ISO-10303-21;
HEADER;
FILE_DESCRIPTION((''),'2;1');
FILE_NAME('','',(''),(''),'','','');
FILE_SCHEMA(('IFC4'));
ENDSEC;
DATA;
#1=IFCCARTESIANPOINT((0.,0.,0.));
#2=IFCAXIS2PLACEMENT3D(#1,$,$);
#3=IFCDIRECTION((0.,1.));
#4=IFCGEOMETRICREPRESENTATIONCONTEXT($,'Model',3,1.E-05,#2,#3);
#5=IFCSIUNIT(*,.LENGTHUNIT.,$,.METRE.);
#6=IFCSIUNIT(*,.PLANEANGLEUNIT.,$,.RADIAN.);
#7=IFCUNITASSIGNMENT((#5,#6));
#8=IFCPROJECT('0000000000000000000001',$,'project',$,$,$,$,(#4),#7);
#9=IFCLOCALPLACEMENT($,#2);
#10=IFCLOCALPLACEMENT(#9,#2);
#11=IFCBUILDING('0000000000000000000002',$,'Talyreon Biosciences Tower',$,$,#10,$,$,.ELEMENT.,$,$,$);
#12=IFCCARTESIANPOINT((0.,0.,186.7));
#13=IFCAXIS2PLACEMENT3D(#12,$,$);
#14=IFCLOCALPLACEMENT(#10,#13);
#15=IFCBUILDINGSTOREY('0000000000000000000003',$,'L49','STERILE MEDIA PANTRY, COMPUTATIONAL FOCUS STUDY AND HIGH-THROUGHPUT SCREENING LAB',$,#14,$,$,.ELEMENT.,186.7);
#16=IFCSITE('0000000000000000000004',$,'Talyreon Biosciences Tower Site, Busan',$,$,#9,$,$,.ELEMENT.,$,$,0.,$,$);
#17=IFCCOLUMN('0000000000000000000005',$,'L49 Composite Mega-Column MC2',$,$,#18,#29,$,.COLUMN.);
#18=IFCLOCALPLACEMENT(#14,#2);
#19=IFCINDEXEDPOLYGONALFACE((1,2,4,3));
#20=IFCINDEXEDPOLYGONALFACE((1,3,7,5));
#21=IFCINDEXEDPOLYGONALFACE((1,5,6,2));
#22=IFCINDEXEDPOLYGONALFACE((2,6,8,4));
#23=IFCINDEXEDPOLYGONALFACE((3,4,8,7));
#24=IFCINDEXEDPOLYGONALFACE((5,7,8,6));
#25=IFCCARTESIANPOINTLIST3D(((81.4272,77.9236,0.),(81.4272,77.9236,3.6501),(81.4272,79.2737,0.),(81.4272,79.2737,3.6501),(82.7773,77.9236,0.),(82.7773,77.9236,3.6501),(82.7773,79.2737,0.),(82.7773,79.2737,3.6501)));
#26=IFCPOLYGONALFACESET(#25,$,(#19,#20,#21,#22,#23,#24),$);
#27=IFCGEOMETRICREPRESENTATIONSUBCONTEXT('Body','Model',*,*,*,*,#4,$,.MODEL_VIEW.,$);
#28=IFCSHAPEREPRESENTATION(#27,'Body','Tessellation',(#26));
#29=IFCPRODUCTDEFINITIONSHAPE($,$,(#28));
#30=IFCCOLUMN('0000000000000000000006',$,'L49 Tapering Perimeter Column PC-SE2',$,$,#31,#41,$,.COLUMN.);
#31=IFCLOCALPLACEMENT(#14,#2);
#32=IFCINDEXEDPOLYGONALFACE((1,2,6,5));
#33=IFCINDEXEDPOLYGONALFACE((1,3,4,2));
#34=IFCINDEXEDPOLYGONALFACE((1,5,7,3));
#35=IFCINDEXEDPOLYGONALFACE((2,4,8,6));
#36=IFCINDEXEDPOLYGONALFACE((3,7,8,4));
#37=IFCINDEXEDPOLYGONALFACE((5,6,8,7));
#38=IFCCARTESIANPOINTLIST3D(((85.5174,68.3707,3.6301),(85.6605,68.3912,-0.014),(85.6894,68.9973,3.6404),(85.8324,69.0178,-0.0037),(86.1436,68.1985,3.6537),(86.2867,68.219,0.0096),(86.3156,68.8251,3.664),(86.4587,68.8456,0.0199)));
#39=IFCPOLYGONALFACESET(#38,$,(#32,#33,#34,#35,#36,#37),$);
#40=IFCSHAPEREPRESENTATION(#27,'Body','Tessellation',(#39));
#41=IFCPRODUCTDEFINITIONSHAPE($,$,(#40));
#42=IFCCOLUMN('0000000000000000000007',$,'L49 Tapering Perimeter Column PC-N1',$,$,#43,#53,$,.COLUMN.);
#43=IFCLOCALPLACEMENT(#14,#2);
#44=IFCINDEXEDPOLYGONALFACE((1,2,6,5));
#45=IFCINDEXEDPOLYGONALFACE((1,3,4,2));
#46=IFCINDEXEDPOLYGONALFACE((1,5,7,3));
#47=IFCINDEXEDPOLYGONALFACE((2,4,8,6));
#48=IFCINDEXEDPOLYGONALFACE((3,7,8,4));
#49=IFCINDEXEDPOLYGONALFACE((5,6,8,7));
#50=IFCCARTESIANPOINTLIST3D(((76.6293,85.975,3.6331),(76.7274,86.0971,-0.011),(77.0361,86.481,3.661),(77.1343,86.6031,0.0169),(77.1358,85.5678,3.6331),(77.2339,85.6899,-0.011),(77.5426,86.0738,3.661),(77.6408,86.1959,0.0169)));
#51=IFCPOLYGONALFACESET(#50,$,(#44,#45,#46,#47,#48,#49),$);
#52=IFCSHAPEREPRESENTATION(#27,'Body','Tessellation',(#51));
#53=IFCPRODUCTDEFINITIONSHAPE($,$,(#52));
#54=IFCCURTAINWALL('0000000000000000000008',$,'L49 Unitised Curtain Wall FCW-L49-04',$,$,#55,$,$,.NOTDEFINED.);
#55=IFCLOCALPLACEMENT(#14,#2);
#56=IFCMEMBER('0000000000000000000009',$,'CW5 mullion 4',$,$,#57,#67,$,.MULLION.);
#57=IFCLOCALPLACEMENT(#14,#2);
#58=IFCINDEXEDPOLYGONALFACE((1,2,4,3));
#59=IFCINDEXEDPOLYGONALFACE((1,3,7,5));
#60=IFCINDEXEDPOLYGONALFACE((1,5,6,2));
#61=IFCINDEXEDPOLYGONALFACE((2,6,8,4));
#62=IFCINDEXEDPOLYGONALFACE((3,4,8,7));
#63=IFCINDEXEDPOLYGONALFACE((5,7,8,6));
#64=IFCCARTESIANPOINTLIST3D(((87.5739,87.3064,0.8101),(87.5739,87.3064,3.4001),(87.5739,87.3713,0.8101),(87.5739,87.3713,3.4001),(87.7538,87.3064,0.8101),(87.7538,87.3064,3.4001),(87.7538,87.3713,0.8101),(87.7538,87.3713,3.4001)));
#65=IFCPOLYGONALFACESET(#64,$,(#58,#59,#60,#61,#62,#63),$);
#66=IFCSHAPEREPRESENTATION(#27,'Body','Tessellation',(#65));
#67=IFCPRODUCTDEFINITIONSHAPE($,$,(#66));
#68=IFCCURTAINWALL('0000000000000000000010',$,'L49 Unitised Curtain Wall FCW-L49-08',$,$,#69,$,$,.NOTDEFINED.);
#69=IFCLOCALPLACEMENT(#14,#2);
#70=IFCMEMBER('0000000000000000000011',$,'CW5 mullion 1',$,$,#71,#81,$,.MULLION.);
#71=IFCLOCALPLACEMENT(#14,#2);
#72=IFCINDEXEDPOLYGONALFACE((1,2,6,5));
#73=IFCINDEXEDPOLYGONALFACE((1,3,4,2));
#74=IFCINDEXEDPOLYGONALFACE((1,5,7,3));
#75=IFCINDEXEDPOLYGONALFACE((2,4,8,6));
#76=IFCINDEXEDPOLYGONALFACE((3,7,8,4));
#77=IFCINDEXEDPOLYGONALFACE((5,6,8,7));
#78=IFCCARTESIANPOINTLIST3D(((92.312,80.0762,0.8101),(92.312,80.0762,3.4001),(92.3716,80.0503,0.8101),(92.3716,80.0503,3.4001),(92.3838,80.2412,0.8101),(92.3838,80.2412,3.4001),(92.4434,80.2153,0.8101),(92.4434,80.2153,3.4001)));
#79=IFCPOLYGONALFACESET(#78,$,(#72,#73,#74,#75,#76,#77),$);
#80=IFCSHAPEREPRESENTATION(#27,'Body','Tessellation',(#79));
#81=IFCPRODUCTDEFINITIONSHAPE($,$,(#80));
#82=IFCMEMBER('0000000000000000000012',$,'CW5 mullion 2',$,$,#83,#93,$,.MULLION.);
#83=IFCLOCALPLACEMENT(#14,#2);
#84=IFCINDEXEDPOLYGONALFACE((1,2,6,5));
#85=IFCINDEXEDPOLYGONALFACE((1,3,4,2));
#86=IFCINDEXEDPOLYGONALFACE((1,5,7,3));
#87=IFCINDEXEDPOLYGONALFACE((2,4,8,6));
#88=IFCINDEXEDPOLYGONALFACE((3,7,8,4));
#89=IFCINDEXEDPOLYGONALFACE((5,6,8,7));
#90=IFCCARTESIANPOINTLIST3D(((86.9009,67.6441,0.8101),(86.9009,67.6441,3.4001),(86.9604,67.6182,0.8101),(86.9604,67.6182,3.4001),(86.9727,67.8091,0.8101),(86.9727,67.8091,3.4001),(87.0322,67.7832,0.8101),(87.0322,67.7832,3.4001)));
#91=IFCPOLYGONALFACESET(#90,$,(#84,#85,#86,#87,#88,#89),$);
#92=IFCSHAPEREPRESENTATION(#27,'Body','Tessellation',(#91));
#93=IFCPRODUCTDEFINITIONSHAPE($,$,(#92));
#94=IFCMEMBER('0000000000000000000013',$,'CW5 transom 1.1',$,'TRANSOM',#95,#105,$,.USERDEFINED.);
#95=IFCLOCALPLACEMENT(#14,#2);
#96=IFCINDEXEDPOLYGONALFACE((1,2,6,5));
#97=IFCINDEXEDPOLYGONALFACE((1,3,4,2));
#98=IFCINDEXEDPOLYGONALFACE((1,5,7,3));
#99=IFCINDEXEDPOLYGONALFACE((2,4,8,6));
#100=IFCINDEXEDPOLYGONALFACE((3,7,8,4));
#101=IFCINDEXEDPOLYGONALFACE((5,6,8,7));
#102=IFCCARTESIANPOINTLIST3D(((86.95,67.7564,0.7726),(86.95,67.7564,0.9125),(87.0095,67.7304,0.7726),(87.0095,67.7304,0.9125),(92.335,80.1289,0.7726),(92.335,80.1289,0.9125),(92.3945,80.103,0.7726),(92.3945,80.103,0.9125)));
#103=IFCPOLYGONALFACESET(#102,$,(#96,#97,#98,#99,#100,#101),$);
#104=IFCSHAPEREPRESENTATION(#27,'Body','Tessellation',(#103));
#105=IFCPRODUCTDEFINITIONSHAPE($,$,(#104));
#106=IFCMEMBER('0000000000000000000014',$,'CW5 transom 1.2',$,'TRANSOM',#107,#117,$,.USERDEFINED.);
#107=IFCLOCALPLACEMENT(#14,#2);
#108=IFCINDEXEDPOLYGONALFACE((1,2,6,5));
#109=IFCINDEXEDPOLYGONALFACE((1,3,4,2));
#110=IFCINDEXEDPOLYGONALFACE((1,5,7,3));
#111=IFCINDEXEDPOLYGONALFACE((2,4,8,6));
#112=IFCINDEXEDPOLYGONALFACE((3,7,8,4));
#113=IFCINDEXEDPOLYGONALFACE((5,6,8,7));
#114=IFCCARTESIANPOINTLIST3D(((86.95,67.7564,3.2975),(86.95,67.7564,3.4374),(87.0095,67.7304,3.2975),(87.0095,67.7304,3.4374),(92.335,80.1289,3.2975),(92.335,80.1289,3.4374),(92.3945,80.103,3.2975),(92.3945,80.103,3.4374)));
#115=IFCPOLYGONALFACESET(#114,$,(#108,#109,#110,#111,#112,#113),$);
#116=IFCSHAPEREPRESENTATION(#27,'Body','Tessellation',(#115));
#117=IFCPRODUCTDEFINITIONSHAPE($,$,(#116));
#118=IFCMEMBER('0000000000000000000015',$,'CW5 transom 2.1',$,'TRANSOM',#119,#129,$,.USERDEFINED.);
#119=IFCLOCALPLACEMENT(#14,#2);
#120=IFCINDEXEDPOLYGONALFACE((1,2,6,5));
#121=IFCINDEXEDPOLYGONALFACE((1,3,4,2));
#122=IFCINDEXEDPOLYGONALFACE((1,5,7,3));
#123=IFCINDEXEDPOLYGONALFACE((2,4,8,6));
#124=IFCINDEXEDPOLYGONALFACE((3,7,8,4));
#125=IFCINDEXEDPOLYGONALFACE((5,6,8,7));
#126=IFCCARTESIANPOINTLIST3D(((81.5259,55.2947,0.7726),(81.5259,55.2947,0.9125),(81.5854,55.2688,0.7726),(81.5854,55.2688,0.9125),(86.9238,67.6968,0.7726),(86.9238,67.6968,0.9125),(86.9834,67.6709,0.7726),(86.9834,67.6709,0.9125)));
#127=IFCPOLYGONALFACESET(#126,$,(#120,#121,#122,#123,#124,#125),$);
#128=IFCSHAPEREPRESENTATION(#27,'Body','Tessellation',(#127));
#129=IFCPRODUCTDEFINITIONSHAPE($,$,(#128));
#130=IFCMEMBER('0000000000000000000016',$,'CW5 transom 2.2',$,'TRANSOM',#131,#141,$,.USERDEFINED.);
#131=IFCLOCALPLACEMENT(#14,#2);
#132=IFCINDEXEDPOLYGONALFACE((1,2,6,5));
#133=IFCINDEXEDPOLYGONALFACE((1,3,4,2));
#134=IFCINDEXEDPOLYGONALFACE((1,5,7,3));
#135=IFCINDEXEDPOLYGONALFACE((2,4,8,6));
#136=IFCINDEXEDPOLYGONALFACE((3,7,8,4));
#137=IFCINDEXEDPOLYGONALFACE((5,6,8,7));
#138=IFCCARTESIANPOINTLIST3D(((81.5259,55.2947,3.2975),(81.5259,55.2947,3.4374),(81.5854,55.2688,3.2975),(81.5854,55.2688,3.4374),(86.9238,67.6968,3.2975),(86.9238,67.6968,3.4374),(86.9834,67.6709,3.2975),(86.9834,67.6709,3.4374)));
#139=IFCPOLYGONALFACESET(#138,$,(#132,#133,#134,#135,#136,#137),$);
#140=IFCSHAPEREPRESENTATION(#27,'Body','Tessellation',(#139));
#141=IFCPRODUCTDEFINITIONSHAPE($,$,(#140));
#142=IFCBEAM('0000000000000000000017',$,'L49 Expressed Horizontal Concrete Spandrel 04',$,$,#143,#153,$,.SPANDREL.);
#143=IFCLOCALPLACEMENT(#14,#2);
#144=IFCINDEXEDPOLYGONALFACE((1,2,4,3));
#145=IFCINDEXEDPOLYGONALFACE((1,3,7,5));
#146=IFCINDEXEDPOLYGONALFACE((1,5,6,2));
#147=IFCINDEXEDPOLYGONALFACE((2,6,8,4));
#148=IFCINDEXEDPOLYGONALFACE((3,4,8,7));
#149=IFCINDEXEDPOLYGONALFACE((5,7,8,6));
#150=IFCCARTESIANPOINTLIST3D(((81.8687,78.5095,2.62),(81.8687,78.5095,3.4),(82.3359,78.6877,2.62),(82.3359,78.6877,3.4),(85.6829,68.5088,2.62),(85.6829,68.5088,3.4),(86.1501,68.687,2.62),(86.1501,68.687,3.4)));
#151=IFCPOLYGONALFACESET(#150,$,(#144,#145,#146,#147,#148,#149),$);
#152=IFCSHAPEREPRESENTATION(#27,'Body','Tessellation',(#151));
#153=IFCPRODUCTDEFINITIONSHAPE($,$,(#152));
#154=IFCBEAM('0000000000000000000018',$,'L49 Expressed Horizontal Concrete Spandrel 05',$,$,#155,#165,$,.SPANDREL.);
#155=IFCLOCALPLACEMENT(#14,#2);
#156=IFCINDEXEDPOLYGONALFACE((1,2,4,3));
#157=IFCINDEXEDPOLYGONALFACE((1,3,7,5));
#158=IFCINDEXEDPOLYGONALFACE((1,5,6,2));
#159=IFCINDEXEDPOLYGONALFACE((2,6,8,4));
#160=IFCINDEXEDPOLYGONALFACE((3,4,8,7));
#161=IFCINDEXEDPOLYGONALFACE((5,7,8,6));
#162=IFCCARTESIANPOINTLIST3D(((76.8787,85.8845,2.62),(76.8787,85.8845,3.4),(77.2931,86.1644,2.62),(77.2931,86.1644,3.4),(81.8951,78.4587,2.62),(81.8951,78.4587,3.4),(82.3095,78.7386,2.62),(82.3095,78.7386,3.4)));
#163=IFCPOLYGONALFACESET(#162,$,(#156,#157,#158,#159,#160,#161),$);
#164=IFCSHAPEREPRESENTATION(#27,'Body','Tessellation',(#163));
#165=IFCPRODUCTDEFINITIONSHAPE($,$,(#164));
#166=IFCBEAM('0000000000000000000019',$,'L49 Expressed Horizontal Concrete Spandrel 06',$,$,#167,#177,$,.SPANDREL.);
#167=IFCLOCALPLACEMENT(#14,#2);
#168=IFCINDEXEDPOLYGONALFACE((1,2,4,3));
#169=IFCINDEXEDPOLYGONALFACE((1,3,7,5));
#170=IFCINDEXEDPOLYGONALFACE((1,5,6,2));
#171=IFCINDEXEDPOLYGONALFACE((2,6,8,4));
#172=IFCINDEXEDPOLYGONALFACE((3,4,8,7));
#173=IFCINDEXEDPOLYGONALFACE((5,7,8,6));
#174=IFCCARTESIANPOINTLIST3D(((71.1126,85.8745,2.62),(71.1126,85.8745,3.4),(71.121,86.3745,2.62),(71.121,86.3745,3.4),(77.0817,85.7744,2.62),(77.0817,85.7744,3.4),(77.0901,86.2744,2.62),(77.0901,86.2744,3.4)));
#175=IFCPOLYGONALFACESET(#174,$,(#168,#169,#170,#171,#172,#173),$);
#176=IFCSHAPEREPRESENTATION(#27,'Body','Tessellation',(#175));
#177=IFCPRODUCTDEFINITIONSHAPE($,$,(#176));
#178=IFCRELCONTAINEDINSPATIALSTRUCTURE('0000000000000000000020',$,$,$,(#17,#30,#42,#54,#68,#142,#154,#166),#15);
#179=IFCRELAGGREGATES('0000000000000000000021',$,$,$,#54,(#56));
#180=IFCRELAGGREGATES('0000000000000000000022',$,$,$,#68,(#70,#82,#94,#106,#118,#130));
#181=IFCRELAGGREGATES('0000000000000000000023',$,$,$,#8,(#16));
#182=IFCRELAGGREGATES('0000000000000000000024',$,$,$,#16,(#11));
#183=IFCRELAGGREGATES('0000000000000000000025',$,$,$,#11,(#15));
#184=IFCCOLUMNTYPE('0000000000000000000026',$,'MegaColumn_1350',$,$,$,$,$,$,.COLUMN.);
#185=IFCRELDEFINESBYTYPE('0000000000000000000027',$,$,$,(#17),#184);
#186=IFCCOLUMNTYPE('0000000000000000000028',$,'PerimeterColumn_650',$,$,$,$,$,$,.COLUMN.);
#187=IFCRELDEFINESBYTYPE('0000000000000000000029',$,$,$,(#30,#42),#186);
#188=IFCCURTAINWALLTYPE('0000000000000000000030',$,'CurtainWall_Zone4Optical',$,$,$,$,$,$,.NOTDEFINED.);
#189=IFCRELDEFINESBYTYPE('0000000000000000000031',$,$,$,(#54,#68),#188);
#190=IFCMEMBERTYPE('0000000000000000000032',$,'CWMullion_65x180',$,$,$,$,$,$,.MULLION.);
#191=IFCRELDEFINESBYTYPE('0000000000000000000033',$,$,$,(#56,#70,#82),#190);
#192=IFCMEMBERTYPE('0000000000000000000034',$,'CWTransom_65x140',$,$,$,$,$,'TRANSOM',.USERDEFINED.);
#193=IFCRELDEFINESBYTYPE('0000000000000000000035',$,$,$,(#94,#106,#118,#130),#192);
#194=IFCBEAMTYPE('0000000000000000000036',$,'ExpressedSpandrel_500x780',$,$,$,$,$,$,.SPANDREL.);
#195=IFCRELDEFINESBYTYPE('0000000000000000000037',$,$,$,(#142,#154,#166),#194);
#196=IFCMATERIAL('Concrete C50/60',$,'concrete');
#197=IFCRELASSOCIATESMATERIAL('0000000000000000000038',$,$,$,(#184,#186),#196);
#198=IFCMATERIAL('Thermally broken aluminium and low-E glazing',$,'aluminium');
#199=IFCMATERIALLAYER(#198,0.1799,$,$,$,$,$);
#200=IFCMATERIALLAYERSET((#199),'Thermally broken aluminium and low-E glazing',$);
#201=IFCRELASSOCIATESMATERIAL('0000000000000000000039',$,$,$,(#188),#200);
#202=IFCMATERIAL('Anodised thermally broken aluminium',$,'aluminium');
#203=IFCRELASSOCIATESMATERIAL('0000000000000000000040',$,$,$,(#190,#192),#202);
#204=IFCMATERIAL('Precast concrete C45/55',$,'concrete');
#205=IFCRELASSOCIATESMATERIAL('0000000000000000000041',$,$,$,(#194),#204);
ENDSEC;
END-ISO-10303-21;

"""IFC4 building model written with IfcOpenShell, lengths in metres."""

from ifc_helpers import new_model, si_unit, direction, frame, origin, origin_2d, place, context, subcontext, project, spatial, rectangle, extrude, material, layer, layer_set, material_profile, profile_set, type_object, element, aggregate, save


model = new_model("IFC4")

# Units and contexts
model_context = context("Model", 3, precision=1e-05, world=origin(), true_north=direction((0.0, 1.0)))
body_context = subcontext(model_context, "Body", "Model", "MODEL_VIEW")
ifc_project = project(units=[si_unit("LENGTHUNIT", "METRE"), si_unit("PLANEANGLEUNIT", "RADIAN")], contexts=[model_context])

# Site, building, storey
site_placement = place(None, origin())
site = spatial("IfcSite", under=ifc_project, at=site_placement, Name="Talyreon Biosciences Tower Site, Busan", CompositionType="ELEMENT", RefElevation=0.0)
building_placement = place(site_placement, origin())
building = spatial("IfcBuilding", under=site, at=building_placement, Name="Talyreon Biosciences Tower", CompositionType="ELEMENT")
storey_placement = place(building_placement, frame((0.0, 0.0, 186.7)))
storey = spatial("IfcBuildingStorey", under=building, at=storey_placement, Name="L49", Description="STERILE MEDIA PANTRY, COMPUTATIONAL FOCUS STUDY AND HIGH-THROUGHPUT SCREENING LAB", CompositionType="ELEMENT", Elevation=186.7)

# Columns
ifc_material_1 = material(Name="Concrete C50/60", Category="concrete")
ifc_material_profile_1 = material_profile(ifc_material_1, rectangle(XDim=1.3501, YDim=1.3501, at=origin_2d()), Name="RC 1350x1350")
ifc_profile_set_1 = profile_set([ifc_material_profile_1], Name="Concrete C50/60")
column_type_1 = type_object("IfcColumnType", Name="MegaColumn_1350", PredefinedType="COLUMN", material=ifc_profile_set_1)
column_1_placement = place(storey_placement, frame((82.1023, 78.5986, 0.0), z_axis=(0.0, 0.0, 1.0), x_axis=(1.0, 0.0, 0.0)))
element("IfcColumn", 1, at=column_1_placement, inside=storey, type_object=column_type_1, Name="L49 Composite Mega-Column MC2", PredefinedType="COLUMN", context=body_context, shape_type="SweptSolid", body=[
    extrude(rectangle(XDim=1.3501, YDim=1.3501, at=origin_2d()), origin(), (0.0, 0.0, 1.0), 3.6501),
])
ifc_material_profile_2 = material_profile(ifc_material_1, rectangle(XDim=0.6499, YDim=0.6499, at=origin_2d()), Name="RC 650x650")
ifc_profile_set_2 = profile_set([ifc_material_profile_2], Name="Concrete C50/60")
column_type_2 = type_object("IfcColumnType", Name="PerimeterColumn_650", PredefinedType="COLUMN", material=ifc_profile_set_2)
column_2_placement = place(storey_placement, frame((86.0596, 68.6184, 0.0029), z_axis=(-0.03923, -0.005623, 0.999214), x_axis=(0.96357, -0.264977, 0.036339)))
element("IfcColumn", 2, at=column_2_placement, inside=storey, type_object=column_type_2, Name="L49 Tapering Perimeter Column PC-SE2", PredefinedType="COLUMN", context=body_context, shape_type="SweptSolid", body=[
    extrude(rectangle(XDim=0.6499, YDim=0.6499, at=origin_2d()), origin(), (0.0, 0.0, 1.0), 3.647),
])
column_3_placement = place(storey_placement, frame((77.1841, 86.1465, 0.0029), z_axis=(-0.026908, -0.033468, 0.999078), x_axis=(-0.779346, 0.626594, 0.0)))
element("IfcColumn", 3, at=column_3_placement, inside=storey, type_object=column_type_2, Name="L49 Tapering Perimeter Column PC-N1", PredefinedType="COLUMN", context=body_context, shape_type="SweptSolid", body=[
    extrude(rectangle(XDim=0.6499, YDim=0.6499, at=origin_2d()), origin(), (0.0, 0.0, 1.0), 3.6475),
])

# Curtain wall, member
ifc_material_2 = material(Name="Thermally broken aluminium and low-E glazing", Category="aluminium")
ifc_layer_1 = layer(ifc_material_2, 0.1799)
ifc_layer_set_1 = layer_set([ifc_layer_1], Name="Thermally broken aluminium and low-E glazing")
curtain_wall_type = type_object("IfcCurtainWallType", Name="CurtainWall_Zone4Optical", PredefinedType="NOTDEFINED", material=ifc_layer_set_1)
curtain_wall_1_placement = place(storey_placement, origin())
curtain_wall_1 = element("IfcCurtainWall", 4, at=curtain_wall_1_placement, inside=storey, type_object=curtain_wall_type, Name="L49 Unitised Curtain Wall FCW-L49-04", PredefinedType="NOTDEFINED")
ifc_material_3 = material(Name="Anodised thermally broken aluminium", Category="aluminium")
ifc_material_profile_3 = material_profile(ifc_material_3, rectangle(XDim=0.0649, YDim=0.1799, at=origin_2d()), Name="ALUM MULLION 65x180")
ifc_profile_set_3 = profile_set([ifc_material_profile_3], Name="Anodised thermally broken aluminium")
member_type_1 = type_object("IfcMemberType", Name="CWMullion_65x180", PredefinedType="MULLION", material=ifc_profile_set_3)
member_1_placement = place(storey_placement, frame((87.6638, 87.3389, 0.8101), z_axis=(0.0, 0.0, 1.0), x_axis=(0.0, 1.0, 0.0)))
member_1 = element("IfcMember", 5, at=member_1_placement, type_object=member_type_1, Name="CW5 mullion 4", PredefinedType="MULLION", context=body_context, shape_type="SweptSolid", body=[
    extrude(rectangle(XDim=0.0649, YDim=0.1799, at=origin_2d()), origin(), (0.0, 0.0, 1.0), 2.5901),
])

# Curtain wall, members
curtain_wall_2_placement = place(storey_placement, origin())
curtain_wall_2 = element("IfcCurtainWall", 6, at=curtain_wall_2_placement, inside=storey, type_object=curtain_wall_type, Name="L49 Unitised Curtain Wall FCW-L49-08", PredefinedType="NOTDEFINED")
member_2_placement = place(storey_placement, frame((92.3777, 80.1458, 0.8101), z_axis=(0.0, 0.0, 1.0), x_axis=(0.916912, -0.399089, 0.0)))
member_2 = element("IfcMember", 7, at=member_2_placement, type_object=member_type_1, Name="CW5 mullion 1", PredefinedType="MULLION", context=body_context, shape_type="SweptSolid", body=[
    extrude(rectangle(XDim=0.0649, YDim=0.1799, at=origin_2d()), origin(), (0.0, 0.0, 1.0), 2.5901),
])
member_3_placement = place(storey_placement, frame((86.9666, 67.7136, 0.8101), z_axis=(0.0, 0.0, 1.0), x_axis=(0.916912, -0.399089, 0.0)))
member_3 = element("IfcMember", 8, at=member_3_placement, type_object=member_type_1, Name="CW5 mullion 2", PredefinedType="MULLION", context=body_context, shape_type="SweptSolid", body=[
    extrude(rectangle(XDim=0.0649, YDim=0.1799, at=origin_2d()), origin(), (0.0, 0.0, 1.0), 2.5901),
])
ifc_material_profile_4 = material_profile(ifc_material_3, rectangle(XDim=0.0649, YDim=0.1399, at=origin_2d()), Name="ALUM TRANSOM 65x140")
ifc_profile_set_4 = profile_set([ifc_material_profile_4], Name="Anodised thermally broken aluminium")
member_type_2 = type_object("IfcMemberType", Name="CWTransom_65x140", ElementType="TRANSOM", PredefinedType="USERDEFINED", material=ifc_profile_set_4)
member_4_placement = place(storey_placement, frame((92.3647, 80.116, 0.8425), z_axis=(-0.399077, -0.916917, 0.0), x_axis=(0.916917, -0.399077, 0.0)))
member_4 = element("IfcMember", 9, at=member_4_placement, type_object=member_type_2, Name="CW5 transom 1.1", ObjectType="TRANSOM", PredefinedType="USERDEFINED", context=body_context, shape_type="SweptSolid", body=[
    extrude(rectangle(XDim=0.0649, YDim=0.1399, at=origin_2d()), origin(), (0.0, 0.0, 1.0), 13.4937),
])
member_5_placement = place(storey_placement, frame((92.3647, 80.116, 3.3674), z_axis=(-0.399077, -0.916917, 0.0), x_axis=(0.916917, -0.399077, 0.0)))
member_5 = element("IfcMember", 10, at=member_5_placement, type_object=member_type_2, Name="CW5 transom 1.2", ObjectType="TRANSOM", PredefinedType="USERDEFINED", context=body_context, shape_type="SweptSolid", body=[
    extrude(rectangle(XDim=0.0649, YDim=0.1399, at=origin_2d()), origin(), (0.0, 0.0, 1.0), 13.4937),
])
member_6_placement = place(storey_placement, frame((86.9536, 67.6838, 0.8425), z_axis=(-0.399082, -0.916915, 0.0), x_axis=(0.916915, -0.399082, 0.0)))
member_6 = element("IfcMember", 11, at=member_6_placement, type_object=member_type_2, Name="CW5 transom 2.1", ObjectType="TRANSOM", PredefinedType="USERDEFINED", context=body_context, shape_type="SweptSolid", body=[
    extrude(rectangle(XDim=0.0649, YDim=0.1399, at=origin_2d()), origin(), (0.0, 0.0, 1.0), 13.5259),
])
member_7_placement = place(storey_placement, frame((86.9536, 67.6838, 3.3674), z_axis=(-0.399082, -0.916915, 0.0), x_axis=(0.916915, -0.399082, 0.0)))
member_7 = element("IfcMember", 12, at=member_7_placement, type_object=member_type_2, Name="CW5 transom 2.2", ObjectType="TRANSOM", PredefinedType="USERDEFINED", context=body_context, shape_type="SweptSolid", body=[
    extrude(rectangle(XDim=0.0649, YDim=0.1399, at=origin_2d()), origin(), (0.0, 0.0, 1.0), 13.5259),
])

# Beams
ifc_material_4 = material(Name="Precast concrete C45/55", Category="concrete")
ifc_material_profile_5 = material_profile(ifc_material_4, rectangle(XDim=0.5, YDim=0.78, at=origin_2d()), Name="RCB 500x780")
ifc_profile_set_5 = profile_set([ifc_material_profile_5], Name="Precast concrete C45/55")
beam_type_1 = type_object("IfcBeamType", Name="ExpressedSpandrel_500x780", PredefinedType="SPANDREL", material=ifc_profile_set_5)
beam_1_placement = place(storey_placement, frame((85.9165, 68.5979, 3.01), z_axis=(-0.356355, 0.934351, 0.0), x_axis=(-0.934351, -0.356355, 0.0)))
element("IfcBeam", 13, at=beam_1_placement, inside=storey, type_object=beam_type_1, Name="L49 Expressed Horizontal Concrete Spandrel 04", PredefinedType="SPANDREL", context=body_context, shape_type="SweptSolid", body=[
    extrude(rectangle(XDim=0.5, YDim=0.78, at=origin_2d()), origin(), (0.0, 0.0, 1.0), 10.7034),
])
beam_2_placement = place(storey_placement, frame((82.1023, 78.5986, 3.01), z_axis=(-0.559776, 0.828644, 0.0), x_axis=(-0.828644, -0.559776, 0.0)))
element("IfcBeam", 14, at=beam_2_placement, inside=storey, type_object=beam_type_1, Name="L49 Expressed Horizontal Concrete Spandrel 05", PredefinedType="SPANDREL", context=body_context, shape_type="SweptSolid", body=[
    extrude(rectangle(XDim=0.5, YDim=0.78, at=origin_2d()), origin(), (0.0, 0.0, 1.0), 8.9614),
])
beam_3_placement = place(storey_placement, frame((77.0859, 86.0244, 3.01), z_axis=(-0.999859, 0.016767, 0.0), x_axis=(-0.016767, -0.999859, 0.0)))
element("IfcBeam", 15, at=beam_3_placement, inside=storey, type_object=beam_type_1, Name="L49 Expressed Horizontal Concrete Spandrel 06", PredefinedType="SPANDREL", context=body_context, shape_type="SweptSolid", body=[
    extrude(rectangle(XDim=0.5, YDim=0.78, at=origin_2d()), origin(), (0.0, 0.0, 1.0), 5.97),
])

aggregate(curtain_wall_1, [member_1])
aggregate(curtain_wall_2, [member_2, member_3, member_4, member_5, member_6, member_7])

save(model, "model.ifc")
